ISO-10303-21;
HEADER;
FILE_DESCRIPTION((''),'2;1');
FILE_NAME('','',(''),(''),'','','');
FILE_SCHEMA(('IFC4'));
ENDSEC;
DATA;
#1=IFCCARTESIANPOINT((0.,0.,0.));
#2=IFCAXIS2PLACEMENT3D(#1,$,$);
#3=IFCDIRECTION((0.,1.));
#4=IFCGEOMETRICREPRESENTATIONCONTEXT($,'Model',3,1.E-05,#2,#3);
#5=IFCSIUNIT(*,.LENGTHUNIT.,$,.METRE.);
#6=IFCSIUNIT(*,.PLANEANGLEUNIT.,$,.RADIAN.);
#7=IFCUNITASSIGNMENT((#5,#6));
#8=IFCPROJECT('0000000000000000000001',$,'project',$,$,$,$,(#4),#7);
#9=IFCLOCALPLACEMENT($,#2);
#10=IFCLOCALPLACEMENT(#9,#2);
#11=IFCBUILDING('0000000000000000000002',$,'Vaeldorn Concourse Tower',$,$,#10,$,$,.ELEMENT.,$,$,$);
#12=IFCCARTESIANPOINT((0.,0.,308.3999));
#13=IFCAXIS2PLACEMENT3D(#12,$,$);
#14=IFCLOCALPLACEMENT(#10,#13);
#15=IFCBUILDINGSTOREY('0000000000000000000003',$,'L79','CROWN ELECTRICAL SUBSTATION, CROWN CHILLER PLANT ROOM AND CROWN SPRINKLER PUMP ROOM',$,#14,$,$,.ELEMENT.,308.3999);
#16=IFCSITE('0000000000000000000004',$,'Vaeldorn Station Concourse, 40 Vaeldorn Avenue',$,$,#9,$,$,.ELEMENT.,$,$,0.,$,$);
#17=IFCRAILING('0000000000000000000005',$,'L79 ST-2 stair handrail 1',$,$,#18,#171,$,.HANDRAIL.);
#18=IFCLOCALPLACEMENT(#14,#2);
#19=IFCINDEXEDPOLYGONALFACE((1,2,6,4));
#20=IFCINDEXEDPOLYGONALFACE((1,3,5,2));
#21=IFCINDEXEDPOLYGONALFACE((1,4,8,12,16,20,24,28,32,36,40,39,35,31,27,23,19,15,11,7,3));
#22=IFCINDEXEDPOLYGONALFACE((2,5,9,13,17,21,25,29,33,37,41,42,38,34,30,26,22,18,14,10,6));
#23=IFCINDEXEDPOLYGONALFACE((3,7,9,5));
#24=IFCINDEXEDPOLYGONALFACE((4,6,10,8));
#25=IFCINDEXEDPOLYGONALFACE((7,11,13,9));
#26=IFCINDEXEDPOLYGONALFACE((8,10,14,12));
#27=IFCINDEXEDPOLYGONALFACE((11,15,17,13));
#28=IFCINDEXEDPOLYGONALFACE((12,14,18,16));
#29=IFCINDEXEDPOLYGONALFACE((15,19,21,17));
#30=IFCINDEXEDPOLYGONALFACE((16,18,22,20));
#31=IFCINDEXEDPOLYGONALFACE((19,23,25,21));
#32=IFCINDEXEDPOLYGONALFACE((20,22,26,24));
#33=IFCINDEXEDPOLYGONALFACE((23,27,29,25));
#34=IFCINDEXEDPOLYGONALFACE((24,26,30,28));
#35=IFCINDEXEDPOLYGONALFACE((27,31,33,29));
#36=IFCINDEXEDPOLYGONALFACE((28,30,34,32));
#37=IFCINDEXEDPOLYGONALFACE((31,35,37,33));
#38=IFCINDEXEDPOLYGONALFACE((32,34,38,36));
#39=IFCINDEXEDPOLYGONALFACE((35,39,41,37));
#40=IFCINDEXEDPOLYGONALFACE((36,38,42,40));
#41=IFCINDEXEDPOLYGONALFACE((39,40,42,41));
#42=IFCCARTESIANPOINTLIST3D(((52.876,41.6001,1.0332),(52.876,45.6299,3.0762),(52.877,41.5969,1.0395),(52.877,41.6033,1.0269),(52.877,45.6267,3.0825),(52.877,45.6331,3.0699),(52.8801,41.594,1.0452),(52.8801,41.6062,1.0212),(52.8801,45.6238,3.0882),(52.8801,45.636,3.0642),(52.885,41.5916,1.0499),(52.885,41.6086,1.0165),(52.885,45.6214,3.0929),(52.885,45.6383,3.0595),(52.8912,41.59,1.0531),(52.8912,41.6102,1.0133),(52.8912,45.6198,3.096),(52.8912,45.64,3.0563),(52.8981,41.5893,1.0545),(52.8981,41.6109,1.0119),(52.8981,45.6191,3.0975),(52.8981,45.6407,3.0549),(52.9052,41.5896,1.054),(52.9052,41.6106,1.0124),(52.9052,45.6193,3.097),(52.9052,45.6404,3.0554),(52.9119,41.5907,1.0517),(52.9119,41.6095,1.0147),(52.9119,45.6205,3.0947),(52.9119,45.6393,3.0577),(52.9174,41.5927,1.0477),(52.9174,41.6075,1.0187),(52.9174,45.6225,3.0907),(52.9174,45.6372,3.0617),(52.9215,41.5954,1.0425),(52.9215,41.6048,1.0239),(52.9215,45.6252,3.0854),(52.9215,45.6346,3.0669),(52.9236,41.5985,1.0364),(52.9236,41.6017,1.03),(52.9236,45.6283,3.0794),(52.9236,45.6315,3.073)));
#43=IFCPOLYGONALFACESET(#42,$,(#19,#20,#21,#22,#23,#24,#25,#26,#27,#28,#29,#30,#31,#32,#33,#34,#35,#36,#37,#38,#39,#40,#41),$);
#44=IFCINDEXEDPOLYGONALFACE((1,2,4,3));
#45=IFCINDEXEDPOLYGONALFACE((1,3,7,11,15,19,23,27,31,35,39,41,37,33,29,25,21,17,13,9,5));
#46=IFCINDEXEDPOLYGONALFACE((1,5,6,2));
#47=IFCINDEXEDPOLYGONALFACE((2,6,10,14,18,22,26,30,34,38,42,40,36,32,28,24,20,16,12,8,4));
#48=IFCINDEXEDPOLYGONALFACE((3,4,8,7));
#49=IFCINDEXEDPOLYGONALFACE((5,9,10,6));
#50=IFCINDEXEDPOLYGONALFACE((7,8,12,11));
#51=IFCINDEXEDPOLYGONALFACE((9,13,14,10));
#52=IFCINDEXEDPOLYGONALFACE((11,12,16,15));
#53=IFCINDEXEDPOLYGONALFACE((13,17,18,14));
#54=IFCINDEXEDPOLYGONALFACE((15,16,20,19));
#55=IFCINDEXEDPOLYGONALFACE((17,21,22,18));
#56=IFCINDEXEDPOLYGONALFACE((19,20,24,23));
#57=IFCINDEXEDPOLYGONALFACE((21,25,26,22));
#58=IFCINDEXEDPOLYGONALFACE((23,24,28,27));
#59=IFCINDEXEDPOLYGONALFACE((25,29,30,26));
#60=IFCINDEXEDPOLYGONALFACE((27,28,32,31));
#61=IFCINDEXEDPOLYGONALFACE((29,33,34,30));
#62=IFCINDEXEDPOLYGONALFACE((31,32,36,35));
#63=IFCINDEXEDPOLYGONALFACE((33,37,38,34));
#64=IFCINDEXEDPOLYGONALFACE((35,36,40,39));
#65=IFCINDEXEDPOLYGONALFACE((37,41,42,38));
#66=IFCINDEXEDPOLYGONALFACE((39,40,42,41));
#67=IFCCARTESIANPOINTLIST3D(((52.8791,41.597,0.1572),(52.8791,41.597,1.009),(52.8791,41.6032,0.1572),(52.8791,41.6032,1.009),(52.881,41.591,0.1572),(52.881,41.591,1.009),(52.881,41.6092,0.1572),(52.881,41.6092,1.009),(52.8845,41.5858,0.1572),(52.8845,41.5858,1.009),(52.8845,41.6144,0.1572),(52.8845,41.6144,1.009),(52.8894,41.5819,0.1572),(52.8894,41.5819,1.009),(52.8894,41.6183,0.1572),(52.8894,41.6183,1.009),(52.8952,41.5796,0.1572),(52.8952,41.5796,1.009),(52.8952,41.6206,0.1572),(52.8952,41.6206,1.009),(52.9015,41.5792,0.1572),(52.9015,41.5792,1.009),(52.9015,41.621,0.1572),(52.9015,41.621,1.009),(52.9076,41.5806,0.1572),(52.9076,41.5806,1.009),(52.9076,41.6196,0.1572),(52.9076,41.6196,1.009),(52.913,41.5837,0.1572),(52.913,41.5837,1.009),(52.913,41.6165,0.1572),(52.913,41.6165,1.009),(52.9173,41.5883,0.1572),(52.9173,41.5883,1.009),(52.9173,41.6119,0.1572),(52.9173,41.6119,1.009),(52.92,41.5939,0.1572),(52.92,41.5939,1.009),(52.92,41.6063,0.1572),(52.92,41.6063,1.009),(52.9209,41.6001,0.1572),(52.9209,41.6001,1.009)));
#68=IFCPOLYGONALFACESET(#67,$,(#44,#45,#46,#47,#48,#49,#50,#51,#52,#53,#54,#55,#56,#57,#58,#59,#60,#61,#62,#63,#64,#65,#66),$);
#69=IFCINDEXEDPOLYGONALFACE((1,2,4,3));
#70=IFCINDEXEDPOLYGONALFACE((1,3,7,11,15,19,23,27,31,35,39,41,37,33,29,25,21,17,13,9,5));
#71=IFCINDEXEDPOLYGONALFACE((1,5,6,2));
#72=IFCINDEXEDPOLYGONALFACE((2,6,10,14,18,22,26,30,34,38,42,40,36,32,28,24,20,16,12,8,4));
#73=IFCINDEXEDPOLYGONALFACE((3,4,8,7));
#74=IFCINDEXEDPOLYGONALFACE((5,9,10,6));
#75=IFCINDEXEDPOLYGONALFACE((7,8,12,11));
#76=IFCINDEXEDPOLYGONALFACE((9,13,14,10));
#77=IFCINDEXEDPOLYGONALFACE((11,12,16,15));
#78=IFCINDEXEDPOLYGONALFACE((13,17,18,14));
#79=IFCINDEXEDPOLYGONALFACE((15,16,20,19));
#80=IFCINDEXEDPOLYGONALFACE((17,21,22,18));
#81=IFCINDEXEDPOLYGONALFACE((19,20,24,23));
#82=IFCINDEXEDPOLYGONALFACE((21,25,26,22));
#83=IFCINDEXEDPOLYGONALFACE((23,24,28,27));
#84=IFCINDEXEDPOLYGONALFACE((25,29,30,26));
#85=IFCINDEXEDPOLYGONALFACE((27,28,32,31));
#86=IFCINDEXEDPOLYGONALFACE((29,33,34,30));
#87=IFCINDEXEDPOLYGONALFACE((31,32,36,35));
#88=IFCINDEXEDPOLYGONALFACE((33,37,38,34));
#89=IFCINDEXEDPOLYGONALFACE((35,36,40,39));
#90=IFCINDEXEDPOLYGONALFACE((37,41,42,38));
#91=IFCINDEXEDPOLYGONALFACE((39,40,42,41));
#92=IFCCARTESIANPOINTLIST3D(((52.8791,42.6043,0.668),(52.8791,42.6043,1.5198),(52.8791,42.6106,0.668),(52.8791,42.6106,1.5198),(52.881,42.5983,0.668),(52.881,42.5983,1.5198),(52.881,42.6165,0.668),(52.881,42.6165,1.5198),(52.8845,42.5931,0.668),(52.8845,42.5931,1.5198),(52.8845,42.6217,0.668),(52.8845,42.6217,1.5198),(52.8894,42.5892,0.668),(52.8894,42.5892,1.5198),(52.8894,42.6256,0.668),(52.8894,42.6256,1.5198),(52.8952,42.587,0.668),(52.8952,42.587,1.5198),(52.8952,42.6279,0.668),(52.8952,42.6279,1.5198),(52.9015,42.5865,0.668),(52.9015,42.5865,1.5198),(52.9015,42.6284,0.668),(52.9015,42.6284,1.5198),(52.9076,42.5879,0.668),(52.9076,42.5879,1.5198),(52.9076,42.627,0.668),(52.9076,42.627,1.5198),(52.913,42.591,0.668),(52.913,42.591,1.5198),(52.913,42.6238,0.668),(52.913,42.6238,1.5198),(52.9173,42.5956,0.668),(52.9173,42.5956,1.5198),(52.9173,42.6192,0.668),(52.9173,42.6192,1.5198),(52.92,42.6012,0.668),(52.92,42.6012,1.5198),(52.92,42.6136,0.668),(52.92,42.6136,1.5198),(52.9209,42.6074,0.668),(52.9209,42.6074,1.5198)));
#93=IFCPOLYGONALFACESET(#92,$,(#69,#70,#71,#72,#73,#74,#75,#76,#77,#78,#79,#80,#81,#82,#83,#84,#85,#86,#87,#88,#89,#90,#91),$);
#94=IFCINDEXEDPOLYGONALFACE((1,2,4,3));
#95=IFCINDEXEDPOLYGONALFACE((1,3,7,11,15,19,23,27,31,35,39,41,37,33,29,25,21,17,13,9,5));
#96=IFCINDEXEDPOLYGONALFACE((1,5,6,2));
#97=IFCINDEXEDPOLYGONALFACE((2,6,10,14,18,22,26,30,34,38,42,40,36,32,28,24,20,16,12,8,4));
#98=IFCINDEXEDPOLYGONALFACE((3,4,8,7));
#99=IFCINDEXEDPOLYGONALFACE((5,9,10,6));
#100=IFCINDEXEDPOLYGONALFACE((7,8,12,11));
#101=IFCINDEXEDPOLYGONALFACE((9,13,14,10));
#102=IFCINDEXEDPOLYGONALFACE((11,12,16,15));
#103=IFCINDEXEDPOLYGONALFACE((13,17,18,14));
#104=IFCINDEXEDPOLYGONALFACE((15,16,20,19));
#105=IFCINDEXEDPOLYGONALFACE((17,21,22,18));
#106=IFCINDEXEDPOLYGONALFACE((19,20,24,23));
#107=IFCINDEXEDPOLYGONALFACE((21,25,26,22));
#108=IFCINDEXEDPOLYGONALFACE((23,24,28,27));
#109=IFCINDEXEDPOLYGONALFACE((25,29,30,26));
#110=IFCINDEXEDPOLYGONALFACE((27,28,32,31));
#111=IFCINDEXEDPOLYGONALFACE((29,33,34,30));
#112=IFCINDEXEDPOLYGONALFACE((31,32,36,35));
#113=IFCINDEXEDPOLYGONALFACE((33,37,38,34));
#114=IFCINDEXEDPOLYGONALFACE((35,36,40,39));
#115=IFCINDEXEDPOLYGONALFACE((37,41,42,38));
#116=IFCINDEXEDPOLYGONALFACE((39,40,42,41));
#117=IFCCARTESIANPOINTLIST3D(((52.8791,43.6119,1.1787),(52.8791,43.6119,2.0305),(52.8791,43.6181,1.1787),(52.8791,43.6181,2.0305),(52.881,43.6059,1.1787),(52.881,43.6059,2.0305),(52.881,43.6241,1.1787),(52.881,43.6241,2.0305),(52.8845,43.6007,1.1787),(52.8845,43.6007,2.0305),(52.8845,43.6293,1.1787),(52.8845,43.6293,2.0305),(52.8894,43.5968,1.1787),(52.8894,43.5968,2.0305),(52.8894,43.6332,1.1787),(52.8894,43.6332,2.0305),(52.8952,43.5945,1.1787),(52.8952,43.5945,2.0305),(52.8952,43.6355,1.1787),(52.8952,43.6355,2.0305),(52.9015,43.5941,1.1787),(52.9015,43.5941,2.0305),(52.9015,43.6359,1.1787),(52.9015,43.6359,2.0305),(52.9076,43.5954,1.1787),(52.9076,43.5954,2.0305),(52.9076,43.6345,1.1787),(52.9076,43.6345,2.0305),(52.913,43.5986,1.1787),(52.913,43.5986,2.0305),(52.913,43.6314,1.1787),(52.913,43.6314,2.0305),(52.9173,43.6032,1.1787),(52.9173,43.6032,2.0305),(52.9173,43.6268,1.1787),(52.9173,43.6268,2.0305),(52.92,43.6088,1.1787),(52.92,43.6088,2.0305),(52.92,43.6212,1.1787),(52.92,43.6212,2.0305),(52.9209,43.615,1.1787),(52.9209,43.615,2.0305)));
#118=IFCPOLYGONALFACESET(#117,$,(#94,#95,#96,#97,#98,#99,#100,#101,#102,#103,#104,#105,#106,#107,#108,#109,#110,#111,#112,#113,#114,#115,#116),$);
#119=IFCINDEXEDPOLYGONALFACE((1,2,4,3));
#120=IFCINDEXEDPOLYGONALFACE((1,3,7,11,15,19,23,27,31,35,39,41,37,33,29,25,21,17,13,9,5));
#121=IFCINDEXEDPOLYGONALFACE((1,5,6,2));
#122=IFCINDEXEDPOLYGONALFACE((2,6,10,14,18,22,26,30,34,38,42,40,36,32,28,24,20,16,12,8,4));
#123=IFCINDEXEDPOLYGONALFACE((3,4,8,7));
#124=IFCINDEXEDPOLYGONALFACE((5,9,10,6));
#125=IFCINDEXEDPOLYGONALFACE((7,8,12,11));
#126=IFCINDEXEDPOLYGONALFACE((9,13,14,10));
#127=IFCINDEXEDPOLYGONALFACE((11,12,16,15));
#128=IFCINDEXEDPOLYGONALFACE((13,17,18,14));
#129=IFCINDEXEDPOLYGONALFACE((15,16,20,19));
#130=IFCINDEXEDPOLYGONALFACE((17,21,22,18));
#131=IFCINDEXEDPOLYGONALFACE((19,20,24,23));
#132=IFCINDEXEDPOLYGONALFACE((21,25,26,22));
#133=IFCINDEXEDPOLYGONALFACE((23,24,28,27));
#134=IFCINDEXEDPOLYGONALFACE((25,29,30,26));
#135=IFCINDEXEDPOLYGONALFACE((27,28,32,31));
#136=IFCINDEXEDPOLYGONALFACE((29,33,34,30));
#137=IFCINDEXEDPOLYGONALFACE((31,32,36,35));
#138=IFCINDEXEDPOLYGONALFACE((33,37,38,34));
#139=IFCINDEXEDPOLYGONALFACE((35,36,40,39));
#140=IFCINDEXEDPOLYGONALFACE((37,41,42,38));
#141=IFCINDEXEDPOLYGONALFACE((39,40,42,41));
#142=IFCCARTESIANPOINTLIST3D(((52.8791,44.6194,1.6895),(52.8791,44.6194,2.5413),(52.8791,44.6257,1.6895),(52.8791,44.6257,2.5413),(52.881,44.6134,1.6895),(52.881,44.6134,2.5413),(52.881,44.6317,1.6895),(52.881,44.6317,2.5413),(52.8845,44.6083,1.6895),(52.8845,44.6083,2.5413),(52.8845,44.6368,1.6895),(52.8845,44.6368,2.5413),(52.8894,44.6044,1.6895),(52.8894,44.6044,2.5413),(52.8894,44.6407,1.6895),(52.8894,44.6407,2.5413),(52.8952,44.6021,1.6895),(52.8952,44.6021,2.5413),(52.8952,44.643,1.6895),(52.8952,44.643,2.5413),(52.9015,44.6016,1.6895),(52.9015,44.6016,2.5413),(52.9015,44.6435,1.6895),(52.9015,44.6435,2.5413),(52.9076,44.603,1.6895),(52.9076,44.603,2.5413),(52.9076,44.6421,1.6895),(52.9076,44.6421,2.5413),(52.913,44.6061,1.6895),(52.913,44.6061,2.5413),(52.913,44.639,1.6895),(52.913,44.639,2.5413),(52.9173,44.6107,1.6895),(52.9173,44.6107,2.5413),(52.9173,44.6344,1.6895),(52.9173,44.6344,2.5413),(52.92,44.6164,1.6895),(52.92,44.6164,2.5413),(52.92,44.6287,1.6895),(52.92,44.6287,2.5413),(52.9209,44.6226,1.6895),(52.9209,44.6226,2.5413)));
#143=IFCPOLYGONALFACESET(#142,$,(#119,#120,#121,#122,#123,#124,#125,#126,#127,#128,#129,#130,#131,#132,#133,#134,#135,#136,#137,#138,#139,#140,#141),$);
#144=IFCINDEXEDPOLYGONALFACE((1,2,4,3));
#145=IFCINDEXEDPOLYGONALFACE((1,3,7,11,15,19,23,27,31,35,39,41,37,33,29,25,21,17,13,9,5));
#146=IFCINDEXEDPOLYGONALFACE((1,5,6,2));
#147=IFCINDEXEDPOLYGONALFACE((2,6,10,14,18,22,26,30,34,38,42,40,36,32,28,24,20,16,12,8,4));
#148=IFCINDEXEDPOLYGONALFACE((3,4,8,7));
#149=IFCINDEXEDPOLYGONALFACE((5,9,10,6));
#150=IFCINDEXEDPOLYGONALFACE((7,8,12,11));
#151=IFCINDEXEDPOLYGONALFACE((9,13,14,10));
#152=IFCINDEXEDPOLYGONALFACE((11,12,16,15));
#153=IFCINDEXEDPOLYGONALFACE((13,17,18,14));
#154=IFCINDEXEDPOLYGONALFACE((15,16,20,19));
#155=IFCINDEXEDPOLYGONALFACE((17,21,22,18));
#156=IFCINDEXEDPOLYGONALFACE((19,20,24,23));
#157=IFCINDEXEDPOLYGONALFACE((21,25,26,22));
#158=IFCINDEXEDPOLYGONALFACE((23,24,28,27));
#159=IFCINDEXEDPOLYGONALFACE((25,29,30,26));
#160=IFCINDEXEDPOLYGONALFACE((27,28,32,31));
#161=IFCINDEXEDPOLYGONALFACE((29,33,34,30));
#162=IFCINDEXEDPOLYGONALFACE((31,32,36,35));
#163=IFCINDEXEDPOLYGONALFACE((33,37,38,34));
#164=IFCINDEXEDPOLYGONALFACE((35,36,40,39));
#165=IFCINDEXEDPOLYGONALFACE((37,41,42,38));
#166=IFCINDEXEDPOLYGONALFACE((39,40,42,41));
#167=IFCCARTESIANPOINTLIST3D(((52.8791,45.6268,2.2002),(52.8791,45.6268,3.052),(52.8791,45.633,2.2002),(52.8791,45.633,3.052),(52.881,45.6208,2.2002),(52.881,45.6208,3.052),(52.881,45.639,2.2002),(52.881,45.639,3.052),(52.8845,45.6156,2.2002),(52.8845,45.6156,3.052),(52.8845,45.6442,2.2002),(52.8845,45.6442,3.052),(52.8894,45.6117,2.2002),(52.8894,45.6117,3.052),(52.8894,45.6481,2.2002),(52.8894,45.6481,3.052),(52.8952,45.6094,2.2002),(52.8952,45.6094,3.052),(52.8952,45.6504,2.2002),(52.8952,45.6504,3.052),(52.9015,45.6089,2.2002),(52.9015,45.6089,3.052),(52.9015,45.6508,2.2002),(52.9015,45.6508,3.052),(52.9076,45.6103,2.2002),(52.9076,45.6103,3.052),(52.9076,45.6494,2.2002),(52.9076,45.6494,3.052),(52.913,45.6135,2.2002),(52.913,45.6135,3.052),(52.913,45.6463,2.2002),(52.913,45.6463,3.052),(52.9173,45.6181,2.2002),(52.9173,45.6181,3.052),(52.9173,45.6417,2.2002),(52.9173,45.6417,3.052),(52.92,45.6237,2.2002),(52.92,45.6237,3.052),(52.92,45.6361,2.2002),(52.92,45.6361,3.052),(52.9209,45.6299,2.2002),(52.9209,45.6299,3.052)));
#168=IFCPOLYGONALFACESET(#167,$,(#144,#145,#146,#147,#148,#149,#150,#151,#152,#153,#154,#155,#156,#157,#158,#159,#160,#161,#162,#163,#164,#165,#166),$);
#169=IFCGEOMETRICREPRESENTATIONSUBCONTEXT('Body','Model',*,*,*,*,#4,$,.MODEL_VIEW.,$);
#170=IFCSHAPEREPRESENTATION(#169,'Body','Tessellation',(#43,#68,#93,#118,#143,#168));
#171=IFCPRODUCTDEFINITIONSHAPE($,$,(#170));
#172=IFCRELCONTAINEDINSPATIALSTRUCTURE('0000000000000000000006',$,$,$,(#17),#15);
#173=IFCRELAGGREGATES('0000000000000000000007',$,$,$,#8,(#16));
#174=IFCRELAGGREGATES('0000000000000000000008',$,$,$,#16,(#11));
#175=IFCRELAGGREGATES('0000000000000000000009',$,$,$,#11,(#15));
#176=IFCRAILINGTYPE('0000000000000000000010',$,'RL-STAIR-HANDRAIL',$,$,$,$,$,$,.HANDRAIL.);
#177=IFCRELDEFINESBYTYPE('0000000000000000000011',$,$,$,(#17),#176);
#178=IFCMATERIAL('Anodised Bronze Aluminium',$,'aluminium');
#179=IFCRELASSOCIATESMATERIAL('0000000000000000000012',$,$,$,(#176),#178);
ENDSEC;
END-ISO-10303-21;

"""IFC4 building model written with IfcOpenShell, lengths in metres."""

from ifc_helpers import new_model, si_unit, direction, frame, origin, origin_2d, place, context, subcontext, project, spatial, circle, extrude, material, type_object, element, save


model = new_model("IFC4")

# Units and contexts
model_context = context("Model", 3, precision=1e-05, world=origin(), true_north=direction((0.0, 1.0)))
body_context = subcontext(model_context, "Body", "Model", "MODEL_VIEW")
ifc_project = project(units=[si_unit("LENGTHUNIT", "METRE"), si_unit("PLANEANGLEUNIT", "RADIAN")], contexts=[model_context])

# Site, building, storey
site_placement = place(None, origin())
site = spatial("IfcSite", under=ifc_project, at=site_placement, Name="Vaeldorn Station Concourse, 40 Vaeldorn Avenue", CompositionType="ELEMENT", RefElevation=0.0)
building_placement = place(site_placement, origin())
building = spatial("IfcBuilding", under=site, at=building_placement, Name="Vaeldorn Concourse Tower", CompositionType="ELEMENT")
storey_placement = place(building_placement, frame((0.0, 0.0, 308.3999)))
storey = spatial("IfcBuildingStorey", under=building, at=storey_placement, Name="L79", Description="CROWN ELECTRICAL SUBSTATION, CROWN CHILLER PLANT ROOM AND CROWN SPRINKLER PUMP ROOM", CompositionType="ELEMENT", Elevation=308.3999)

# Shared definitions
ifc_material_1 = material(Name="Anodised Bronze Aluminium", Category="aluminium")

# Railing
railing_type_1 = type_object("IfcRailingType", Name="RL-STAIR-HANDRAIL", PredefinedType="HANDRAIL", material=ifc_material_1)
railing_1_placement = place(storey_placement, frame((52.8999, 41.6001, 0.1572)))
element("IfcRailing", 1, at=railing_1_placement, inside=storey, type_object=railing_type_1, Name="L79 ST-2 stair handrail 1", PredefinedType="HANDRAIL", context=body_context, shape_type="SweptSolid", body=[
    extrude(circle(Radius=0.0239, at=origin_2d()), frame((0.0, 0.0, 0.876), z_axis=(0.0, 0.891928, 0.452178), x_axis=(-1.0, 0.0, 0.0)), (0.0, 0.0, 1.0), 4.5181),
    extrude(circle(Radius=0.021, at=origin_2d()), origin(), (0.0, 0.0, 1.0), 0.8518),
    extrude(circle(Radius=0.021, at=origin_2d()), frame((0.0, 1.0073, 0.5107)), (0.0, 0.0, 1.0), 0.8518),
    extrude(circle(Radius=0.021, at=origin_2d()), frame((0.0, 2.0149, 1.0215)), (0.0, 0.0, 1.0), 0.8518),
    extrude(circle(Radius=0.021, at=origin_2d()), frame((0.0, 3.0225, 1.5322)), (0.0, 0.0, 1.0), 0.8518),
    extrude(circle(Radius=0.021, at=origin_2d()), frame((0.0, 4.0298, 2.043)), (0.0, 0.0, 1.0), 0.8518),
])

save(model, "model.ifc")
